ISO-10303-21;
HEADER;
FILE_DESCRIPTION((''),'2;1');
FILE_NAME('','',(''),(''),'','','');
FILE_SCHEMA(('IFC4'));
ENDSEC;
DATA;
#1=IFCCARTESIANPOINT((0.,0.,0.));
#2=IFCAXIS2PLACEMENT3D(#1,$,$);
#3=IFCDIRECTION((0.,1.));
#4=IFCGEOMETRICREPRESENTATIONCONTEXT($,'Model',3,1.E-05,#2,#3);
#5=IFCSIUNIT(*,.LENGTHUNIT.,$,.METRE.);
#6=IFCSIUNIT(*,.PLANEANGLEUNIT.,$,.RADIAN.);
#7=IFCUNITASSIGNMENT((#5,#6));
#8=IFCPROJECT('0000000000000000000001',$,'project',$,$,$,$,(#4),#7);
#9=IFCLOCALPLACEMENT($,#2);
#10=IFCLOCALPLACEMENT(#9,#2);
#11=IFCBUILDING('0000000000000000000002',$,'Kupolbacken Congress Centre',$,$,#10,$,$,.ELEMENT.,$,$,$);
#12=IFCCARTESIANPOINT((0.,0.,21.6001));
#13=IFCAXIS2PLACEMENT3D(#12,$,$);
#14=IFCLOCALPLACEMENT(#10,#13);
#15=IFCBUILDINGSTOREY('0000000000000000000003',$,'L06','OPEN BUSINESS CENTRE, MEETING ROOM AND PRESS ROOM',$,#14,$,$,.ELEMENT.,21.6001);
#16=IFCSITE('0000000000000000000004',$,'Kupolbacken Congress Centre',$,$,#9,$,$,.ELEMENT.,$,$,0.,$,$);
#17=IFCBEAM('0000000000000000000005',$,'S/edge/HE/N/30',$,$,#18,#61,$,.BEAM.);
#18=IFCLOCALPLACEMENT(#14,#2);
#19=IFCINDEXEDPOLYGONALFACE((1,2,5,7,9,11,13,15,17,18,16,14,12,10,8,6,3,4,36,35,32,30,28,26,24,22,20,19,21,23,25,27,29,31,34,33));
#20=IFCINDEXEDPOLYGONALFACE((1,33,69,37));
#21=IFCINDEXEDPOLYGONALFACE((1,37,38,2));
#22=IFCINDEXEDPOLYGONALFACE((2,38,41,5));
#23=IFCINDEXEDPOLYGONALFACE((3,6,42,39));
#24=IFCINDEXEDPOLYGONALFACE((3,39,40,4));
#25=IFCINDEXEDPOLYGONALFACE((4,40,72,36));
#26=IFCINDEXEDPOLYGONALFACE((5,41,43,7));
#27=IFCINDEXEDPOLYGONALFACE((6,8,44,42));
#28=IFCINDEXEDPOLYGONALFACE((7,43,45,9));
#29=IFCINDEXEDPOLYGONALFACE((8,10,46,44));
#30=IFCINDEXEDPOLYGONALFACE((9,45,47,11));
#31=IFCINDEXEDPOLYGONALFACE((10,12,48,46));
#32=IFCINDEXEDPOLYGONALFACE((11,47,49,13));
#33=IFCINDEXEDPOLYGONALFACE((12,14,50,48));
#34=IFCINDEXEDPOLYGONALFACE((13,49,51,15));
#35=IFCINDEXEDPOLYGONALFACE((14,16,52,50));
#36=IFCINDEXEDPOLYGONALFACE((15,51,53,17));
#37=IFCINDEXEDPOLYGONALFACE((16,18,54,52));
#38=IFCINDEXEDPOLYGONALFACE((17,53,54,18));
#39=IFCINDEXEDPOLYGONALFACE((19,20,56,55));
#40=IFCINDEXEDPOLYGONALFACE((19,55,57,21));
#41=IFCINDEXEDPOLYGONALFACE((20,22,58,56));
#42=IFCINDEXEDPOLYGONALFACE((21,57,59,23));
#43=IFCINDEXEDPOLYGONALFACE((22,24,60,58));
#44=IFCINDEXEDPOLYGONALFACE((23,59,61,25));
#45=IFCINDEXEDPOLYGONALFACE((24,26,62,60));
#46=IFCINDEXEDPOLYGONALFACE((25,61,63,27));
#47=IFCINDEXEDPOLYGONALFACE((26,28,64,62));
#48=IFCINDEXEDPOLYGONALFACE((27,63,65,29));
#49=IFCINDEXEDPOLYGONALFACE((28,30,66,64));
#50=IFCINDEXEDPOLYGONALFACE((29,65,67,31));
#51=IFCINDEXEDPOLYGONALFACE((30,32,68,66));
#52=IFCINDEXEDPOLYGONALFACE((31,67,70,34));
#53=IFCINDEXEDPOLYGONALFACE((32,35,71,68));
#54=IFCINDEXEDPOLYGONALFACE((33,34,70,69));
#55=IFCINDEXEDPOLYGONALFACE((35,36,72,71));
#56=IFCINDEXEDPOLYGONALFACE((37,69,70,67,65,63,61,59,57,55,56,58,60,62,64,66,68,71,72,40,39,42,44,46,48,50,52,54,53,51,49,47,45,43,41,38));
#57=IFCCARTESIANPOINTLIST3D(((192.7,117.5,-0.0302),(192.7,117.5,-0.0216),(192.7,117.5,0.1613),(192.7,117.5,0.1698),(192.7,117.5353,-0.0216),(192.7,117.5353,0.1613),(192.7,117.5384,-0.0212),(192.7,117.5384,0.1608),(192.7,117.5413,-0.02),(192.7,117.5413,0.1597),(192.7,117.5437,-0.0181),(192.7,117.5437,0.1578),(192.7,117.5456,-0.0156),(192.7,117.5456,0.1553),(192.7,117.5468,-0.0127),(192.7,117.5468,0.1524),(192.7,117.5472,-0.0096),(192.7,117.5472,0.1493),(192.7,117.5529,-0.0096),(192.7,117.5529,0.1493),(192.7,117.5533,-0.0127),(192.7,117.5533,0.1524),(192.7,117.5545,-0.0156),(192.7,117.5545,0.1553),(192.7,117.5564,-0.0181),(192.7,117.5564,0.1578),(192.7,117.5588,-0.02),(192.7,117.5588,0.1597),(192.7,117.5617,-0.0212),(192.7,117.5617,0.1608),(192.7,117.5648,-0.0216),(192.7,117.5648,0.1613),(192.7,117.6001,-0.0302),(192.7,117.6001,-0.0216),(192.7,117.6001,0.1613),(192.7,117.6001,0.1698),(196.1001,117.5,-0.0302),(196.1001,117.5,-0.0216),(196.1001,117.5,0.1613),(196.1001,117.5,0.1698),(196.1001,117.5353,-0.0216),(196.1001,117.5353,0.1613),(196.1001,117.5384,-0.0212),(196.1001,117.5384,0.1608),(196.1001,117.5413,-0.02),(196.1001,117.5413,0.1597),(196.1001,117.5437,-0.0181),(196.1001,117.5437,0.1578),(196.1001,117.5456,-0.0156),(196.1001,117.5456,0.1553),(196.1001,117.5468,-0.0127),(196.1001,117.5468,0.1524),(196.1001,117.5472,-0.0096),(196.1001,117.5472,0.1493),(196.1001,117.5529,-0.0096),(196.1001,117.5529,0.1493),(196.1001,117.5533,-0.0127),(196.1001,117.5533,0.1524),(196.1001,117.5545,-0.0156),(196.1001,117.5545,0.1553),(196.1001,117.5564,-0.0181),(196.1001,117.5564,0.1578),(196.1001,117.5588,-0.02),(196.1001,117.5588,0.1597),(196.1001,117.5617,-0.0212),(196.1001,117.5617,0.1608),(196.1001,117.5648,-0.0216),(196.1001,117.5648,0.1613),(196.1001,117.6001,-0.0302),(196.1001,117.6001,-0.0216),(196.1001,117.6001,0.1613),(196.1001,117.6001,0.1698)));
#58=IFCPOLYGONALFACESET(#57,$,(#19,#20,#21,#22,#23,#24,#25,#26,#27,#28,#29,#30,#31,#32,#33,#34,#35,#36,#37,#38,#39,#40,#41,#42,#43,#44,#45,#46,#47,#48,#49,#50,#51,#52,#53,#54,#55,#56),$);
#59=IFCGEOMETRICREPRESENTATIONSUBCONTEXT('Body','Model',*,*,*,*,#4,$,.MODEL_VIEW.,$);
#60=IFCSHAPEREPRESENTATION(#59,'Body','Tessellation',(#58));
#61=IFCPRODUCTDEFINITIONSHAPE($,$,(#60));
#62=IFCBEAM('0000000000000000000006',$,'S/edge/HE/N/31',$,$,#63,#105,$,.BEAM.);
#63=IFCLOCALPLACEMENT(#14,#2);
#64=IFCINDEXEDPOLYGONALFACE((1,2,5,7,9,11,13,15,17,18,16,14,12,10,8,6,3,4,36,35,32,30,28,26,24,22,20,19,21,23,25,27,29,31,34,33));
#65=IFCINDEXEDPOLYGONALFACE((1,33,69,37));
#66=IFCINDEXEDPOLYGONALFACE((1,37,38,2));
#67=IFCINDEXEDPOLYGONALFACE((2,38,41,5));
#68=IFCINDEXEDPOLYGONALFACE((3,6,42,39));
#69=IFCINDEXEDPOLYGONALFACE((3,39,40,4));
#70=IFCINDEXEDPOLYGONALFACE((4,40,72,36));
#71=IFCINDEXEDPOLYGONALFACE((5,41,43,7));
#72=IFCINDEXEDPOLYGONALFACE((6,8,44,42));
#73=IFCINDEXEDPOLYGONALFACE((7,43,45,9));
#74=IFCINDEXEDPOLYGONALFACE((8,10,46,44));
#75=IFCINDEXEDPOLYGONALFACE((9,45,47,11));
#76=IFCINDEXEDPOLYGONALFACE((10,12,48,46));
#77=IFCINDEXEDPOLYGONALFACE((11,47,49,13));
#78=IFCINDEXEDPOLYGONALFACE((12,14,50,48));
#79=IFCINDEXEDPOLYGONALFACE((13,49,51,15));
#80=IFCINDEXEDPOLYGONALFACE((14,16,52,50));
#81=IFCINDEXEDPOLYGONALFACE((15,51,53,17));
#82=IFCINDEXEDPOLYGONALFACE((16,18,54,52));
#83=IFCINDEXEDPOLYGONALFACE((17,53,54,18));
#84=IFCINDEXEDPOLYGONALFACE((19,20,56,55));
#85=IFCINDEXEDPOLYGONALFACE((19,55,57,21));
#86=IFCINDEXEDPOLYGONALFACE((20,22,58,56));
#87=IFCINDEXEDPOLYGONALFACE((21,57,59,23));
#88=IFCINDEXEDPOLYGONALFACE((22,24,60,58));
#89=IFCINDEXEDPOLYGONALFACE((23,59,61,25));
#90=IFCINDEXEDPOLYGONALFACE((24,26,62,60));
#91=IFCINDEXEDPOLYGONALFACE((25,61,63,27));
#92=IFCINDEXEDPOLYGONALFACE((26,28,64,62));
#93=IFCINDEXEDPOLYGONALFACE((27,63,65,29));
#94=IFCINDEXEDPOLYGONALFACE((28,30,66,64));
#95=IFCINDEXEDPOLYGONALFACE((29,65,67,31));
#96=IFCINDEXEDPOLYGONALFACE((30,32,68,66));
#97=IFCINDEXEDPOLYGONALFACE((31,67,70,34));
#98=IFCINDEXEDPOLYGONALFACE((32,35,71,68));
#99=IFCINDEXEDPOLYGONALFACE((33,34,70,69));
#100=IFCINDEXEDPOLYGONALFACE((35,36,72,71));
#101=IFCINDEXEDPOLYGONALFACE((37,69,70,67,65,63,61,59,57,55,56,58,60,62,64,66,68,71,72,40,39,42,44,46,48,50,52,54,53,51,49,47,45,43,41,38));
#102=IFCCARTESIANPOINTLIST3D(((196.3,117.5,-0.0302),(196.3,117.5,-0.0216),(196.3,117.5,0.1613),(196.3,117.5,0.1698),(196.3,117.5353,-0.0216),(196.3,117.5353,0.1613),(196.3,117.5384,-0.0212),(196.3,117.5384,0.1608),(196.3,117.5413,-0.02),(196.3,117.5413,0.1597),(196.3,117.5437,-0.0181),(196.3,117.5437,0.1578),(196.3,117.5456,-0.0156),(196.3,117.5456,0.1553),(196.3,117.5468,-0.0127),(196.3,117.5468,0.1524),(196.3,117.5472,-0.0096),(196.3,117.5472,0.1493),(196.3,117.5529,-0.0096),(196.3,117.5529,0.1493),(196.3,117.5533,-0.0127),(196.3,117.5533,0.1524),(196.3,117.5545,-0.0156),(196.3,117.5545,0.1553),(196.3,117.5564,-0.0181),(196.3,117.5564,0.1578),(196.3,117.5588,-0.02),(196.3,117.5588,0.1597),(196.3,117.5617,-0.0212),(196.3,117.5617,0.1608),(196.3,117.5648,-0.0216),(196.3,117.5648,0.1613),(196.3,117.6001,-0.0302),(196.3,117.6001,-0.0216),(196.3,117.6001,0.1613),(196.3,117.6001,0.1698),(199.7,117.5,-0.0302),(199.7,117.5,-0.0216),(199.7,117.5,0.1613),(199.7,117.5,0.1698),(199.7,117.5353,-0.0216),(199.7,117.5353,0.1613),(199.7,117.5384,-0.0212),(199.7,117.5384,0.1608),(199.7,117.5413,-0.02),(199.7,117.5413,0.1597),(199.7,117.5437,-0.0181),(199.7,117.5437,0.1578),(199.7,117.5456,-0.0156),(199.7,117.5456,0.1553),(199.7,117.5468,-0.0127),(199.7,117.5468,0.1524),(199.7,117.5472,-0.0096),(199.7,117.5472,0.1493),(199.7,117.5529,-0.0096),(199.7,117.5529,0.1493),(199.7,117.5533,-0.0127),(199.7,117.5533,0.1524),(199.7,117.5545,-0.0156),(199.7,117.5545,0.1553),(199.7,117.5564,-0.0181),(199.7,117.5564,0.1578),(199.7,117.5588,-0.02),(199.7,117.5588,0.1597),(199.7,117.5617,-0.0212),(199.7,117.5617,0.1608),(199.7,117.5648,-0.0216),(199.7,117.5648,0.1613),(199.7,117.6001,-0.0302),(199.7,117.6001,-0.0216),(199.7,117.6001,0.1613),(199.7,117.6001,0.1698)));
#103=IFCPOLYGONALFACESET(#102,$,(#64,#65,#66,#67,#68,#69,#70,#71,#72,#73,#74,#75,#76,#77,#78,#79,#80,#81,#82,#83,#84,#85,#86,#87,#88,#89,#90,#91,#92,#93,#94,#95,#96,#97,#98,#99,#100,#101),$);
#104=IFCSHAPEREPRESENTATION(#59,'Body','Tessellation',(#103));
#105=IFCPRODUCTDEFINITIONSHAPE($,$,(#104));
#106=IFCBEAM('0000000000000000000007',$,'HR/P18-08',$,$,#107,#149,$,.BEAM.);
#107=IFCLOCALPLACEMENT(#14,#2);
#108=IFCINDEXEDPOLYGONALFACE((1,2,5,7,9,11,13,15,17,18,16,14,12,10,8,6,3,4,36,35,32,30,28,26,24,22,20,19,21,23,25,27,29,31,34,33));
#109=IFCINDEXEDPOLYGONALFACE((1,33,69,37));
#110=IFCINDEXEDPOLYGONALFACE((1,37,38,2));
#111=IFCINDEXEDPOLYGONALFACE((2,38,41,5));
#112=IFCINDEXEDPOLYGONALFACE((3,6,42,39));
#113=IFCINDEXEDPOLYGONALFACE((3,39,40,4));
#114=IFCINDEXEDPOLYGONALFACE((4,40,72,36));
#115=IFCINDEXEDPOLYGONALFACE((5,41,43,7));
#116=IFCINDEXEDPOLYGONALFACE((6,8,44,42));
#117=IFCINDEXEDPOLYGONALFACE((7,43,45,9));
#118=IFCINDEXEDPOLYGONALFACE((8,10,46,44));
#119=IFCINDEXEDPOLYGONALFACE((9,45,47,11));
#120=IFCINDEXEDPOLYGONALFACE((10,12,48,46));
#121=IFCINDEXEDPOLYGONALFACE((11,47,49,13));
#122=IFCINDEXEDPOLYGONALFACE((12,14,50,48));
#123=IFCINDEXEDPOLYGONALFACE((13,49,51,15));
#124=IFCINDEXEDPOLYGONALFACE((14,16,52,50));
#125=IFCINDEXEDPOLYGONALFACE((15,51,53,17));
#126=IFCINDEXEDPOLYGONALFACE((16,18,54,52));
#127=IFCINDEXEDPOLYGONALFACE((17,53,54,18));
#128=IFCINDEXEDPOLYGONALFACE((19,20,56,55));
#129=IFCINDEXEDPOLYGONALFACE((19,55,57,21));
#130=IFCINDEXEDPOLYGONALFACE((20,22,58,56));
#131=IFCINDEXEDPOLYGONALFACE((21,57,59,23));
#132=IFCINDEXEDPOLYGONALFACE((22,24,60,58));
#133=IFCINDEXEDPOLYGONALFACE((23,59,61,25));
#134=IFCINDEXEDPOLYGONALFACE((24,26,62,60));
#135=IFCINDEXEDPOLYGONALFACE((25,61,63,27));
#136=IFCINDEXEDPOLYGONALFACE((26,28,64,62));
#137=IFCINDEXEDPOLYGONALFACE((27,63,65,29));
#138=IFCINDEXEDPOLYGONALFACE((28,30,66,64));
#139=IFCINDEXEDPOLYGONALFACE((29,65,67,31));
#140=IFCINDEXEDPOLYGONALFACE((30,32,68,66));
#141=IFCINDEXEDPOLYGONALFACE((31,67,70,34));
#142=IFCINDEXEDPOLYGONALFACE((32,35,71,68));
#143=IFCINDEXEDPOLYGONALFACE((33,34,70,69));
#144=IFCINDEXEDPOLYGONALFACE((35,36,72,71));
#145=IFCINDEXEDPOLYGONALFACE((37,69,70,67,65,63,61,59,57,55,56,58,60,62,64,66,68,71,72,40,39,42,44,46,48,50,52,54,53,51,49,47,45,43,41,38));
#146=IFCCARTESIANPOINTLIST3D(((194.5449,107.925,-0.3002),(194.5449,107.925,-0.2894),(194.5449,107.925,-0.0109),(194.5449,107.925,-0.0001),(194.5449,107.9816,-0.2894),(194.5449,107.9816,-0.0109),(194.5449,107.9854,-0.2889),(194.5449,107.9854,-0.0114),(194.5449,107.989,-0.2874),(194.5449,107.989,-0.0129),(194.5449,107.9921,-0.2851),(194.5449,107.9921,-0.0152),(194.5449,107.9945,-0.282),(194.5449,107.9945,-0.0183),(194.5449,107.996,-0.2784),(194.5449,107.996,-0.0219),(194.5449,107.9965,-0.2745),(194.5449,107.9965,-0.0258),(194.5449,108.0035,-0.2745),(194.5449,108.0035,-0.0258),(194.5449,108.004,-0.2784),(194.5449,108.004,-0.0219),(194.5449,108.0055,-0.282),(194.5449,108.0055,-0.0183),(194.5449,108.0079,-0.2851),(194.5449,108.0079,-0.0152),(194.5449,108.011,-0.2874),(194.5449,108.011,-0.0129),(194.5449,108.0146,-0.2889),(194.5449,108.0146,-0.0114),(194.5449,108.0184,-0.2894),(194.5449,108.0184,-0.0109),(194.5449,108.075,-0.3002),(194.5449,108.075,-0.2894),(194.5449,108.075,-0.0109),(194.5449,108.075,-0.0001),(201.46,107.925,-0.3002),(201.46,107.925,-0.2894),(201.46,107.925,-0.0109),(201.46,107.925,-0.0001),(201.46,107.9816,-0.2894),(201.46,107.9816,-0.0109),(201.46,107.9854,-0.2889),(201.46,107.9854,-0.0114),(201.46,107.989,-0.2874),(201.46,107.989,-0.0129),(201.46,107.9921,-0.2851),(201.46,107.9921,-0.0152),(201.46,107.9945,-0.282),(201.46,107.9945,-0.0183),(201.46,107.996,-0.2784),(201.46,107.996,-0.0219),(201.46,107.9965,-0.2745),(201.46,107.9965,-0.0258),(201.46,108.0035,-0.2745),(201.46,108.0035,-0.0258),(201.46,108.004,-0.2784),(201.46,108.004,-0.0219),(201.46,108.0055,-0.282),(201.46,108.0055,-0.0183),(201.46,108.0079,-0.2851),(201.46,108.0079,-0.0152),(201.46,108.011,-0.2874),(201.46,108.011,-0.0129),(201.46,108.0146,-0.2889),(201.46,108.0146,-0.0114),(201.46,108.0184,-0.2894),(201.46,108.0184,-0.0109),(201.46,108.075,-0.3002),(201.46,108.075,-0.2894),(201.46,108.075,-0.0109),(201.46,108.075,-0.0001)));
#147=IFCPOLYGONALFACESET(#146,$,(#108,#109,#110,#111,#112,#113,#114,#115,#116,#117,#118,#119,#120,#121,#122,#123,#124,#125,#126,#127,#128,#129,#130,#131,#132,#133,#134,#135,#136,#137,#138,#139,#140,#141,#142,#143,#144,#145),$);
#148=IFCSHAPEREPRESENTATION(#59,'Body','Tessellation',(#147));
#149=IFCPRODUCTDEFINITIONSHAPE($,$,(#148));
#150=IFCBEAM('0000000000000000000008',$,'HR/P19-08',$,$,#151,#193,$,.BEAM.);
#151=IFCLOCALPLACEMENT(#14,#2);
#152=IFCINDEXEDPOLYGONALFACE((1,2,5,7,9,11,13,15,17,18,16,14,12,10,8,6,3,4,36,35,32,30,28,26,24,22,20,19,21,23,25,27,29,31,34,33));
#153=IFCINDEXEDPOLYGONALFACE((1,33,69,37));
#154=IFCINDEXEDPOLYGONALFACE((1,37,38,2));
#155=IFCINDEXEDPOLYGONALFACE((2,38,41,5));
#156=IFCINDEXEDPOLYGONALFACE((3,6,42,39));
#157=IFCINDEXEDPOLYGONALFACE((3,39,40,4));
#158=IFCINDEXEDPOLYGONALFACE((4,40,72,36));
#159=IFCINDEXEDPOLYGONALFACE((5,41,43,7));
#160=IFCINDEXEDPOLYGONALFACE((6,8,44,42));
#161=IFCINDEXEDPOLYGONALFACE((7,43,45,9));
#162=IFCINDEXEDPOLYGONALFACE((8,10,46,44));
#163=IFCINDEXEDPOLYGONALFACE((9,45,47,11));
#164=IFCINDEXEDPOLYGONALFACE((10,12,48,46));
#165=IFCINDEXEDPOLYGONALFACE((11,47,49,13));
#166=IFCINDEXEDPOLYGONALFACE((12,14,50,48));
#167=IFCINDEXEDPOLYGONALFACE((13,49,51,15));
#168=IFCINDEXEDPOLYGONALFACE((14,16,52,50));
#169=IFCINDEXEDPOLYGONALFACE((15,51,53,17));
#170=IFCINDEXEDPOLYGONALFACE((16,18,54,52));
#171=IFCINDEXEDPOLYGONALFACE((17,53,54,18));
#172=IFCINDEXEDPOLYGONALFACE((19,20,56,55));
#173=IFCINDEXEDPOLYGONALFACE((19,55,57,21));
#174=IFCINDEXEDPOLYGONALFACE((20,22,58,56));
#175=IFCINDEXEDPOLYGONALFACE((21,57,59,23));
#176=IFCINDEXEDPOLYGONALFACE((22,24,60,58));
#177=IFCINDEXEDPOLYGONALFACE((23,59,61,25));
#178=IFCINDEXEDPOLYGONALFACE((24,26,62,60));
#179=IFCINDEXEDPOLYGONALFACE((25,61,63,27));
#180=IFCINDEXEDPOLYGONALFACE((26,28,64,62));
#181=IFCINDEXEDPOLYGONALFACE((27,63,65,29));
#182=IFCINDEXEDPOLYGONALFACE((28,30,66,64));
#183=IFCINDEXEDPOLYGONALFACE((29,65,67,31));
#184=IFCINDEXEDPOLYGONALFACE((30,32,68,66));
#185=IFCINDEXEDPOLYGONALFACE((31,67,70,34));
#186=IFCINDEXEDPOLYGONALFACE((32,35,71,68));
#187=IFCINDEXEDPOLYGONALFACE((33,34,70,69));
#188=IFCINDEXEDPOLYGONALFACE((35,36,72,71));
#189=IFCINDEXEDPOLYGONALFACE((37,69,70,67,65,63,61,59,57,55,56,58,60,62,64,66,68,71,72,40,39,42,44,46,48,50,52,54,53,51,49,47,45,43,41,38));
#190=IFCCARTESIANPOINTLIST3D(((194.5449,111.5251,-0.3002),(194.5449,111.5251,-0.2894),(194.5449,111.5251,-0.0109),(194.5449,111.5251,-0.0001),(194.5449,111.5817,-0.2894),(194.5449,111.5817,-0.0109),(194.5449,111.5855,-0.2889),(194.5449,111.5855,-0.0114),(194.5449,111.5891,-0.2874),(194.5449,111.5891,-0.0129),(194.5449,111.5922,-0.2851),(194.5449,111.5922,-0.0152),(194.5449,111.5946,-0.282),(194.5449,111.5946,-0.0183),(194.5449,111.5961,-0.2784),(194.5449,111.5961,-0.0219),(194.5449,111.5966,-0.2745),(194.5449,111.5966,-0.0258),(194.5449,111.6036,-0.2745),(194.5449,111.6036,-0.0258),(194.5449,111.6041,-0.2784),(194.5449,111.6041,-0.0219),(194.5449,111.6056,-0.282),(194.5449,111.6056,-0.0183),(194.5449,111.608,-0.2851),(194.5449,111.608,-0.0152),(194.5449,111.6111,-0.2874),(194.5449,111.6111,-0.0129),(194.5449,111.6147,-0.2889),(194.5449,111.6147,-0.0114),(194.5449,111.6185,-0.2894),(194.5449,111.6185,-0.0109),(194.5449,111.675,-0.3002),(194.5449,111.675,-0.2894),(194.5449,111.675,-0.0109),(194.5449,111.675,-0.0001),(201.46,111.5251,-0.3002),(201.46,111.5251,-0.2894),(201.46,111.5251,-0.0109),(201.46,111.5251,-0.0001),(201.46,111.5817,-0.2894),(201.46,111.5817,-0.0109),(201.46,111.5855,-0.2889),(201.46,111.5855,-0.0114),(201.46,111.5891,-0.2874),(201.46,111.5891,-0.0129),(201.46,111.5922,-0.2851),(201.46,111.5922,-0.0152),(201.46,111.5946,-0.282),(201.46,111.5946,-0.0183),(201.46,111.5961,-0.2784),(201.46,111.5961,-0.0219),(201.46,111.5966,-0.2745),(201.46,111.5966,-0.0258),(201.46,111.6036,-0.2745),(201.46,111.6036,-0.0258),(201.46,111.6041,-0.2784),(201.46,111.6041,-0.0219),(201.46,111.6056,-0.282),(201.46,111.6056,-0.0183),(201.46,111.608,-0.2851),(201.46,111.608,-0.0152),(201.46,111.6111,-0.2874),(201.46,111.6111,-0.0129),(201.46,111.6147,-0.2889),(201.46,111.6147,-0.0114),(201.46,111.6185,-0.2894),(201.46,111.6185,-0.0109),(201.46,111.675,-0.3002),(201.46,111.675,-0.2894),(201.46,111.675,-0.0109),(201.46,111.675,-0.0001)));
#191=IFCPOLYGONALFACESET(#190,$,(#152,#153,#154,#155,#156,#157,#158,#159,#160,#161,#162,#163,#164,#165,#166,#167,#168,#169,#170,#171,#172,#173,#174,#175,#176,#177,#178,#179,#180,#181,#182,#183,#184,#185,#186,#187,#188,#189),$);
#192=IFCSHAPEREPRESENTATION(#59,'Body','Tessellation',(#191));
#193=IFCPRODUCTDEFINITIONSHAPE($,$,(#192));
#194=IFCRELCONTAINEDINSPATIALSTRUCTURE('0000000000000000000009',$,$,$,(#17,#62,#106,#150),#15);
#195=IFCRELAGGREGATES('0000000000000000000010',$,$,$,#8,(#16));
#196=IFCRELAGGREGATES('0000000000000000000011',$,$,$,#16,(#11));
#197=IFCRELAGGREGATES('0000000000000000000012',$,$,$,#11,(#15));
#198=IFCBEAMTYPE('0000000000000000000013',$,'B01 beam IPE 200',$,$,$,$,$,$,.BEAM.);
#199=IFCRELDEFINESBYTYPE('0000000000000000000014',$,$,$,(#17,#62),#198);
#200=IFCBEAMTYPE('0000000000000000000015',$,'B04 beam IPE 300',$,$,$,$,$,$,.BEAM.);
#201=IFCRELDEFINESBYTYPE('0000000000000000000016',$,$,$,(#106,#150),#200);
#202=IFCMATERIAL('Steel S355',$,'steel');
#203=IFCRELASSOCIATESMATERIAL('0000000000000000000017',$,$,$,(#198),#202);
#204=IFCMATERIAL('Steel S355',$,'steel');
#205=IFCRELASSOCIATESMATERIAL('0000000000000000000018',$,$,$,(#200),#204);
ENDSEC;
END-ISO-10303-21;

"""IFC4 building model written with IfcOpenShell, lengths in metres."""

from ifc_helpers import new_model, si_unit, direction, frame, origin, origin_2d, place, context, subcontext, project, spatial, i_section, extrude, material, material_profile, profile_set, type_object, element, save


model = new_model("IFC4")

# Units and contexts
model_context = context("Model", 3, precision=1e-05, world=origin(), true_north=direction((0.0, 1.0)))
body_context = subcontext(model_context, "Body", "Model", "MODEL_VIEW")
ifc_project = project(units=[si_unit("LENGTHUNIT", "METRE"), si_unit("PLANEANGLEUNIT", "RADIAN")], contexts=[model_context])

# Site, building, storey
site_placement = place(None, origin())
site = spatial("IfcSite", under=ifc_project, at=site_placement, Name="Kupolbacken Congress Centre", CompositionType="ELEMENT", RefElevation=0.0)
building_placement = place(site_placement, origin())
building = spatial("IfcBuilding", under=site, at=building_placement, Name="Kupolbacken Congress Centre", CompositionType="ELEMENT")
storey_placement = place(building_placement, frame((0.0, 0.0, 21.6001)))
storey = spatial("IfcBuildingStorey", under=building, at=storey_placement, Name="L06", Description="OPEN BUSINESS CENTRE, MEETING ROOM AND PRESS ROOM", CompositionType="ELEMENT", Elevation=21.6001)

# Beams
ifc_material_1 = material(Name="Steel S355", Category="steel")
ifc_material_profile_1 = material_profile(ifc_material_1, i_section(OverallWidth=0.1001, OverallDepth=0.2, WebThickness=0.0056, FlangeThickness=0.0085, FilletRadius=0.012, at=origin_2d()), Name="IPE 200")
ifc_profile_set_1 = profile_set([ifc_material_profile_1], Name="Steel S355")
beam_type_1 = type_object("IfcBeamType", Name="B01 beam IPE 200", PredefinedType="BEAM", material=ifc_profile_set_1)
beam_1_placement = place(storey_placement, frame((192.7, 117.55, 0.0698), z_axis=(1.0, 0.0, 0.0), x_axis=(0.0, 1.0, 0.0)))
element("IfcBeam", 1, at=beam_1_placement, inside=storey, type_object=beam_type_1, Name="S/edge/HE/N/30", PredefinedType="BEAM", context=body_context, shape_type="SweptSolid", body=[
    extrude(i_section(OverallWidth=0.1001, OverallDepth=0.2, WebThickness=0.0056, FlangeThickness=0.0085, FilletRadius=0.012, at=origin_2d()), origin(), (0.0, 0.0, 1.0), 3.4001),
])
beam_2_placement = place(storey_placement, frame((196.3, 117.55, 0.0698), z_axis=(1.0, 0.0, 0.0), x_axis=(0.0, 1.0, 0.0)))
element("IfcBeam", 2, at=beam_2_placement, inside=storey, type_object=beam_type_1, Name="S/edge/HE/N/31", PredefinedType="BEAM", context=body_context, shape_type="SweptSolid", body=[
    extrude(i_section(OverallWidth=0.1001, OverallDepth=0.2, WebThickness=0.0056, FlangeThickness=0.0085, FilletRadius=0.012, at=origin_2d()), origin(), (0.0, 0.0, 1.0), 3.3999),
])
ifc_material_2 = material(Name="Steel S355", Category="steel")
ifc_material_profile_2 = material_profile(ifc_material_2, i_section(OverallWidth=0.1499, OverallDepth=0.3, WebThickness=0.0071, FlangeThickness=0.0107, FilletRadius=0.0149, at=origin_2d()), Name="IPE 300")
ifc_profile_set_2 = profile_set([ifc_material_profile_2], Name="Steel S355")
beam_type_2 = type_object("IfcBeamType", Name="B04 beam IPE 300", PredefinedType="BEAM", material=ifc_profile_set_2)
for number, where, z_axis, x_axis, name in (
    (3, (194.5449, 108.0, -0.1501), (1.0, 0.0, 0.0), (0.0, 1.0, 0.0), "HR/P18-08"),
    (4, (194.5449, 111.6001, -0.1501), (1.0, 0.0, 0.0), (0.0, 1.0, 0.0), "HR/P19-08"),
):
    element("IfcBeam", number, at=place(storey_placement, frame(where, z_axis=z_axis, x_axis=x_axis)), inside=storey, type_object=beam_type_2, Name=name, PredefinedType="BEAM", context=body_context, shape_type="SweptSolid", body=[
        extrude(i_section(OverallWidth=0.1499, OverallDepth=0.3, WebThickness=0.0071, FlangeThickness=0.0107, FilletRadius=0.0149, at=origin_2d()), origin(), (0.0, 0.0, 1.0), 6.915),
    ])

save(model, "model.ifc")
